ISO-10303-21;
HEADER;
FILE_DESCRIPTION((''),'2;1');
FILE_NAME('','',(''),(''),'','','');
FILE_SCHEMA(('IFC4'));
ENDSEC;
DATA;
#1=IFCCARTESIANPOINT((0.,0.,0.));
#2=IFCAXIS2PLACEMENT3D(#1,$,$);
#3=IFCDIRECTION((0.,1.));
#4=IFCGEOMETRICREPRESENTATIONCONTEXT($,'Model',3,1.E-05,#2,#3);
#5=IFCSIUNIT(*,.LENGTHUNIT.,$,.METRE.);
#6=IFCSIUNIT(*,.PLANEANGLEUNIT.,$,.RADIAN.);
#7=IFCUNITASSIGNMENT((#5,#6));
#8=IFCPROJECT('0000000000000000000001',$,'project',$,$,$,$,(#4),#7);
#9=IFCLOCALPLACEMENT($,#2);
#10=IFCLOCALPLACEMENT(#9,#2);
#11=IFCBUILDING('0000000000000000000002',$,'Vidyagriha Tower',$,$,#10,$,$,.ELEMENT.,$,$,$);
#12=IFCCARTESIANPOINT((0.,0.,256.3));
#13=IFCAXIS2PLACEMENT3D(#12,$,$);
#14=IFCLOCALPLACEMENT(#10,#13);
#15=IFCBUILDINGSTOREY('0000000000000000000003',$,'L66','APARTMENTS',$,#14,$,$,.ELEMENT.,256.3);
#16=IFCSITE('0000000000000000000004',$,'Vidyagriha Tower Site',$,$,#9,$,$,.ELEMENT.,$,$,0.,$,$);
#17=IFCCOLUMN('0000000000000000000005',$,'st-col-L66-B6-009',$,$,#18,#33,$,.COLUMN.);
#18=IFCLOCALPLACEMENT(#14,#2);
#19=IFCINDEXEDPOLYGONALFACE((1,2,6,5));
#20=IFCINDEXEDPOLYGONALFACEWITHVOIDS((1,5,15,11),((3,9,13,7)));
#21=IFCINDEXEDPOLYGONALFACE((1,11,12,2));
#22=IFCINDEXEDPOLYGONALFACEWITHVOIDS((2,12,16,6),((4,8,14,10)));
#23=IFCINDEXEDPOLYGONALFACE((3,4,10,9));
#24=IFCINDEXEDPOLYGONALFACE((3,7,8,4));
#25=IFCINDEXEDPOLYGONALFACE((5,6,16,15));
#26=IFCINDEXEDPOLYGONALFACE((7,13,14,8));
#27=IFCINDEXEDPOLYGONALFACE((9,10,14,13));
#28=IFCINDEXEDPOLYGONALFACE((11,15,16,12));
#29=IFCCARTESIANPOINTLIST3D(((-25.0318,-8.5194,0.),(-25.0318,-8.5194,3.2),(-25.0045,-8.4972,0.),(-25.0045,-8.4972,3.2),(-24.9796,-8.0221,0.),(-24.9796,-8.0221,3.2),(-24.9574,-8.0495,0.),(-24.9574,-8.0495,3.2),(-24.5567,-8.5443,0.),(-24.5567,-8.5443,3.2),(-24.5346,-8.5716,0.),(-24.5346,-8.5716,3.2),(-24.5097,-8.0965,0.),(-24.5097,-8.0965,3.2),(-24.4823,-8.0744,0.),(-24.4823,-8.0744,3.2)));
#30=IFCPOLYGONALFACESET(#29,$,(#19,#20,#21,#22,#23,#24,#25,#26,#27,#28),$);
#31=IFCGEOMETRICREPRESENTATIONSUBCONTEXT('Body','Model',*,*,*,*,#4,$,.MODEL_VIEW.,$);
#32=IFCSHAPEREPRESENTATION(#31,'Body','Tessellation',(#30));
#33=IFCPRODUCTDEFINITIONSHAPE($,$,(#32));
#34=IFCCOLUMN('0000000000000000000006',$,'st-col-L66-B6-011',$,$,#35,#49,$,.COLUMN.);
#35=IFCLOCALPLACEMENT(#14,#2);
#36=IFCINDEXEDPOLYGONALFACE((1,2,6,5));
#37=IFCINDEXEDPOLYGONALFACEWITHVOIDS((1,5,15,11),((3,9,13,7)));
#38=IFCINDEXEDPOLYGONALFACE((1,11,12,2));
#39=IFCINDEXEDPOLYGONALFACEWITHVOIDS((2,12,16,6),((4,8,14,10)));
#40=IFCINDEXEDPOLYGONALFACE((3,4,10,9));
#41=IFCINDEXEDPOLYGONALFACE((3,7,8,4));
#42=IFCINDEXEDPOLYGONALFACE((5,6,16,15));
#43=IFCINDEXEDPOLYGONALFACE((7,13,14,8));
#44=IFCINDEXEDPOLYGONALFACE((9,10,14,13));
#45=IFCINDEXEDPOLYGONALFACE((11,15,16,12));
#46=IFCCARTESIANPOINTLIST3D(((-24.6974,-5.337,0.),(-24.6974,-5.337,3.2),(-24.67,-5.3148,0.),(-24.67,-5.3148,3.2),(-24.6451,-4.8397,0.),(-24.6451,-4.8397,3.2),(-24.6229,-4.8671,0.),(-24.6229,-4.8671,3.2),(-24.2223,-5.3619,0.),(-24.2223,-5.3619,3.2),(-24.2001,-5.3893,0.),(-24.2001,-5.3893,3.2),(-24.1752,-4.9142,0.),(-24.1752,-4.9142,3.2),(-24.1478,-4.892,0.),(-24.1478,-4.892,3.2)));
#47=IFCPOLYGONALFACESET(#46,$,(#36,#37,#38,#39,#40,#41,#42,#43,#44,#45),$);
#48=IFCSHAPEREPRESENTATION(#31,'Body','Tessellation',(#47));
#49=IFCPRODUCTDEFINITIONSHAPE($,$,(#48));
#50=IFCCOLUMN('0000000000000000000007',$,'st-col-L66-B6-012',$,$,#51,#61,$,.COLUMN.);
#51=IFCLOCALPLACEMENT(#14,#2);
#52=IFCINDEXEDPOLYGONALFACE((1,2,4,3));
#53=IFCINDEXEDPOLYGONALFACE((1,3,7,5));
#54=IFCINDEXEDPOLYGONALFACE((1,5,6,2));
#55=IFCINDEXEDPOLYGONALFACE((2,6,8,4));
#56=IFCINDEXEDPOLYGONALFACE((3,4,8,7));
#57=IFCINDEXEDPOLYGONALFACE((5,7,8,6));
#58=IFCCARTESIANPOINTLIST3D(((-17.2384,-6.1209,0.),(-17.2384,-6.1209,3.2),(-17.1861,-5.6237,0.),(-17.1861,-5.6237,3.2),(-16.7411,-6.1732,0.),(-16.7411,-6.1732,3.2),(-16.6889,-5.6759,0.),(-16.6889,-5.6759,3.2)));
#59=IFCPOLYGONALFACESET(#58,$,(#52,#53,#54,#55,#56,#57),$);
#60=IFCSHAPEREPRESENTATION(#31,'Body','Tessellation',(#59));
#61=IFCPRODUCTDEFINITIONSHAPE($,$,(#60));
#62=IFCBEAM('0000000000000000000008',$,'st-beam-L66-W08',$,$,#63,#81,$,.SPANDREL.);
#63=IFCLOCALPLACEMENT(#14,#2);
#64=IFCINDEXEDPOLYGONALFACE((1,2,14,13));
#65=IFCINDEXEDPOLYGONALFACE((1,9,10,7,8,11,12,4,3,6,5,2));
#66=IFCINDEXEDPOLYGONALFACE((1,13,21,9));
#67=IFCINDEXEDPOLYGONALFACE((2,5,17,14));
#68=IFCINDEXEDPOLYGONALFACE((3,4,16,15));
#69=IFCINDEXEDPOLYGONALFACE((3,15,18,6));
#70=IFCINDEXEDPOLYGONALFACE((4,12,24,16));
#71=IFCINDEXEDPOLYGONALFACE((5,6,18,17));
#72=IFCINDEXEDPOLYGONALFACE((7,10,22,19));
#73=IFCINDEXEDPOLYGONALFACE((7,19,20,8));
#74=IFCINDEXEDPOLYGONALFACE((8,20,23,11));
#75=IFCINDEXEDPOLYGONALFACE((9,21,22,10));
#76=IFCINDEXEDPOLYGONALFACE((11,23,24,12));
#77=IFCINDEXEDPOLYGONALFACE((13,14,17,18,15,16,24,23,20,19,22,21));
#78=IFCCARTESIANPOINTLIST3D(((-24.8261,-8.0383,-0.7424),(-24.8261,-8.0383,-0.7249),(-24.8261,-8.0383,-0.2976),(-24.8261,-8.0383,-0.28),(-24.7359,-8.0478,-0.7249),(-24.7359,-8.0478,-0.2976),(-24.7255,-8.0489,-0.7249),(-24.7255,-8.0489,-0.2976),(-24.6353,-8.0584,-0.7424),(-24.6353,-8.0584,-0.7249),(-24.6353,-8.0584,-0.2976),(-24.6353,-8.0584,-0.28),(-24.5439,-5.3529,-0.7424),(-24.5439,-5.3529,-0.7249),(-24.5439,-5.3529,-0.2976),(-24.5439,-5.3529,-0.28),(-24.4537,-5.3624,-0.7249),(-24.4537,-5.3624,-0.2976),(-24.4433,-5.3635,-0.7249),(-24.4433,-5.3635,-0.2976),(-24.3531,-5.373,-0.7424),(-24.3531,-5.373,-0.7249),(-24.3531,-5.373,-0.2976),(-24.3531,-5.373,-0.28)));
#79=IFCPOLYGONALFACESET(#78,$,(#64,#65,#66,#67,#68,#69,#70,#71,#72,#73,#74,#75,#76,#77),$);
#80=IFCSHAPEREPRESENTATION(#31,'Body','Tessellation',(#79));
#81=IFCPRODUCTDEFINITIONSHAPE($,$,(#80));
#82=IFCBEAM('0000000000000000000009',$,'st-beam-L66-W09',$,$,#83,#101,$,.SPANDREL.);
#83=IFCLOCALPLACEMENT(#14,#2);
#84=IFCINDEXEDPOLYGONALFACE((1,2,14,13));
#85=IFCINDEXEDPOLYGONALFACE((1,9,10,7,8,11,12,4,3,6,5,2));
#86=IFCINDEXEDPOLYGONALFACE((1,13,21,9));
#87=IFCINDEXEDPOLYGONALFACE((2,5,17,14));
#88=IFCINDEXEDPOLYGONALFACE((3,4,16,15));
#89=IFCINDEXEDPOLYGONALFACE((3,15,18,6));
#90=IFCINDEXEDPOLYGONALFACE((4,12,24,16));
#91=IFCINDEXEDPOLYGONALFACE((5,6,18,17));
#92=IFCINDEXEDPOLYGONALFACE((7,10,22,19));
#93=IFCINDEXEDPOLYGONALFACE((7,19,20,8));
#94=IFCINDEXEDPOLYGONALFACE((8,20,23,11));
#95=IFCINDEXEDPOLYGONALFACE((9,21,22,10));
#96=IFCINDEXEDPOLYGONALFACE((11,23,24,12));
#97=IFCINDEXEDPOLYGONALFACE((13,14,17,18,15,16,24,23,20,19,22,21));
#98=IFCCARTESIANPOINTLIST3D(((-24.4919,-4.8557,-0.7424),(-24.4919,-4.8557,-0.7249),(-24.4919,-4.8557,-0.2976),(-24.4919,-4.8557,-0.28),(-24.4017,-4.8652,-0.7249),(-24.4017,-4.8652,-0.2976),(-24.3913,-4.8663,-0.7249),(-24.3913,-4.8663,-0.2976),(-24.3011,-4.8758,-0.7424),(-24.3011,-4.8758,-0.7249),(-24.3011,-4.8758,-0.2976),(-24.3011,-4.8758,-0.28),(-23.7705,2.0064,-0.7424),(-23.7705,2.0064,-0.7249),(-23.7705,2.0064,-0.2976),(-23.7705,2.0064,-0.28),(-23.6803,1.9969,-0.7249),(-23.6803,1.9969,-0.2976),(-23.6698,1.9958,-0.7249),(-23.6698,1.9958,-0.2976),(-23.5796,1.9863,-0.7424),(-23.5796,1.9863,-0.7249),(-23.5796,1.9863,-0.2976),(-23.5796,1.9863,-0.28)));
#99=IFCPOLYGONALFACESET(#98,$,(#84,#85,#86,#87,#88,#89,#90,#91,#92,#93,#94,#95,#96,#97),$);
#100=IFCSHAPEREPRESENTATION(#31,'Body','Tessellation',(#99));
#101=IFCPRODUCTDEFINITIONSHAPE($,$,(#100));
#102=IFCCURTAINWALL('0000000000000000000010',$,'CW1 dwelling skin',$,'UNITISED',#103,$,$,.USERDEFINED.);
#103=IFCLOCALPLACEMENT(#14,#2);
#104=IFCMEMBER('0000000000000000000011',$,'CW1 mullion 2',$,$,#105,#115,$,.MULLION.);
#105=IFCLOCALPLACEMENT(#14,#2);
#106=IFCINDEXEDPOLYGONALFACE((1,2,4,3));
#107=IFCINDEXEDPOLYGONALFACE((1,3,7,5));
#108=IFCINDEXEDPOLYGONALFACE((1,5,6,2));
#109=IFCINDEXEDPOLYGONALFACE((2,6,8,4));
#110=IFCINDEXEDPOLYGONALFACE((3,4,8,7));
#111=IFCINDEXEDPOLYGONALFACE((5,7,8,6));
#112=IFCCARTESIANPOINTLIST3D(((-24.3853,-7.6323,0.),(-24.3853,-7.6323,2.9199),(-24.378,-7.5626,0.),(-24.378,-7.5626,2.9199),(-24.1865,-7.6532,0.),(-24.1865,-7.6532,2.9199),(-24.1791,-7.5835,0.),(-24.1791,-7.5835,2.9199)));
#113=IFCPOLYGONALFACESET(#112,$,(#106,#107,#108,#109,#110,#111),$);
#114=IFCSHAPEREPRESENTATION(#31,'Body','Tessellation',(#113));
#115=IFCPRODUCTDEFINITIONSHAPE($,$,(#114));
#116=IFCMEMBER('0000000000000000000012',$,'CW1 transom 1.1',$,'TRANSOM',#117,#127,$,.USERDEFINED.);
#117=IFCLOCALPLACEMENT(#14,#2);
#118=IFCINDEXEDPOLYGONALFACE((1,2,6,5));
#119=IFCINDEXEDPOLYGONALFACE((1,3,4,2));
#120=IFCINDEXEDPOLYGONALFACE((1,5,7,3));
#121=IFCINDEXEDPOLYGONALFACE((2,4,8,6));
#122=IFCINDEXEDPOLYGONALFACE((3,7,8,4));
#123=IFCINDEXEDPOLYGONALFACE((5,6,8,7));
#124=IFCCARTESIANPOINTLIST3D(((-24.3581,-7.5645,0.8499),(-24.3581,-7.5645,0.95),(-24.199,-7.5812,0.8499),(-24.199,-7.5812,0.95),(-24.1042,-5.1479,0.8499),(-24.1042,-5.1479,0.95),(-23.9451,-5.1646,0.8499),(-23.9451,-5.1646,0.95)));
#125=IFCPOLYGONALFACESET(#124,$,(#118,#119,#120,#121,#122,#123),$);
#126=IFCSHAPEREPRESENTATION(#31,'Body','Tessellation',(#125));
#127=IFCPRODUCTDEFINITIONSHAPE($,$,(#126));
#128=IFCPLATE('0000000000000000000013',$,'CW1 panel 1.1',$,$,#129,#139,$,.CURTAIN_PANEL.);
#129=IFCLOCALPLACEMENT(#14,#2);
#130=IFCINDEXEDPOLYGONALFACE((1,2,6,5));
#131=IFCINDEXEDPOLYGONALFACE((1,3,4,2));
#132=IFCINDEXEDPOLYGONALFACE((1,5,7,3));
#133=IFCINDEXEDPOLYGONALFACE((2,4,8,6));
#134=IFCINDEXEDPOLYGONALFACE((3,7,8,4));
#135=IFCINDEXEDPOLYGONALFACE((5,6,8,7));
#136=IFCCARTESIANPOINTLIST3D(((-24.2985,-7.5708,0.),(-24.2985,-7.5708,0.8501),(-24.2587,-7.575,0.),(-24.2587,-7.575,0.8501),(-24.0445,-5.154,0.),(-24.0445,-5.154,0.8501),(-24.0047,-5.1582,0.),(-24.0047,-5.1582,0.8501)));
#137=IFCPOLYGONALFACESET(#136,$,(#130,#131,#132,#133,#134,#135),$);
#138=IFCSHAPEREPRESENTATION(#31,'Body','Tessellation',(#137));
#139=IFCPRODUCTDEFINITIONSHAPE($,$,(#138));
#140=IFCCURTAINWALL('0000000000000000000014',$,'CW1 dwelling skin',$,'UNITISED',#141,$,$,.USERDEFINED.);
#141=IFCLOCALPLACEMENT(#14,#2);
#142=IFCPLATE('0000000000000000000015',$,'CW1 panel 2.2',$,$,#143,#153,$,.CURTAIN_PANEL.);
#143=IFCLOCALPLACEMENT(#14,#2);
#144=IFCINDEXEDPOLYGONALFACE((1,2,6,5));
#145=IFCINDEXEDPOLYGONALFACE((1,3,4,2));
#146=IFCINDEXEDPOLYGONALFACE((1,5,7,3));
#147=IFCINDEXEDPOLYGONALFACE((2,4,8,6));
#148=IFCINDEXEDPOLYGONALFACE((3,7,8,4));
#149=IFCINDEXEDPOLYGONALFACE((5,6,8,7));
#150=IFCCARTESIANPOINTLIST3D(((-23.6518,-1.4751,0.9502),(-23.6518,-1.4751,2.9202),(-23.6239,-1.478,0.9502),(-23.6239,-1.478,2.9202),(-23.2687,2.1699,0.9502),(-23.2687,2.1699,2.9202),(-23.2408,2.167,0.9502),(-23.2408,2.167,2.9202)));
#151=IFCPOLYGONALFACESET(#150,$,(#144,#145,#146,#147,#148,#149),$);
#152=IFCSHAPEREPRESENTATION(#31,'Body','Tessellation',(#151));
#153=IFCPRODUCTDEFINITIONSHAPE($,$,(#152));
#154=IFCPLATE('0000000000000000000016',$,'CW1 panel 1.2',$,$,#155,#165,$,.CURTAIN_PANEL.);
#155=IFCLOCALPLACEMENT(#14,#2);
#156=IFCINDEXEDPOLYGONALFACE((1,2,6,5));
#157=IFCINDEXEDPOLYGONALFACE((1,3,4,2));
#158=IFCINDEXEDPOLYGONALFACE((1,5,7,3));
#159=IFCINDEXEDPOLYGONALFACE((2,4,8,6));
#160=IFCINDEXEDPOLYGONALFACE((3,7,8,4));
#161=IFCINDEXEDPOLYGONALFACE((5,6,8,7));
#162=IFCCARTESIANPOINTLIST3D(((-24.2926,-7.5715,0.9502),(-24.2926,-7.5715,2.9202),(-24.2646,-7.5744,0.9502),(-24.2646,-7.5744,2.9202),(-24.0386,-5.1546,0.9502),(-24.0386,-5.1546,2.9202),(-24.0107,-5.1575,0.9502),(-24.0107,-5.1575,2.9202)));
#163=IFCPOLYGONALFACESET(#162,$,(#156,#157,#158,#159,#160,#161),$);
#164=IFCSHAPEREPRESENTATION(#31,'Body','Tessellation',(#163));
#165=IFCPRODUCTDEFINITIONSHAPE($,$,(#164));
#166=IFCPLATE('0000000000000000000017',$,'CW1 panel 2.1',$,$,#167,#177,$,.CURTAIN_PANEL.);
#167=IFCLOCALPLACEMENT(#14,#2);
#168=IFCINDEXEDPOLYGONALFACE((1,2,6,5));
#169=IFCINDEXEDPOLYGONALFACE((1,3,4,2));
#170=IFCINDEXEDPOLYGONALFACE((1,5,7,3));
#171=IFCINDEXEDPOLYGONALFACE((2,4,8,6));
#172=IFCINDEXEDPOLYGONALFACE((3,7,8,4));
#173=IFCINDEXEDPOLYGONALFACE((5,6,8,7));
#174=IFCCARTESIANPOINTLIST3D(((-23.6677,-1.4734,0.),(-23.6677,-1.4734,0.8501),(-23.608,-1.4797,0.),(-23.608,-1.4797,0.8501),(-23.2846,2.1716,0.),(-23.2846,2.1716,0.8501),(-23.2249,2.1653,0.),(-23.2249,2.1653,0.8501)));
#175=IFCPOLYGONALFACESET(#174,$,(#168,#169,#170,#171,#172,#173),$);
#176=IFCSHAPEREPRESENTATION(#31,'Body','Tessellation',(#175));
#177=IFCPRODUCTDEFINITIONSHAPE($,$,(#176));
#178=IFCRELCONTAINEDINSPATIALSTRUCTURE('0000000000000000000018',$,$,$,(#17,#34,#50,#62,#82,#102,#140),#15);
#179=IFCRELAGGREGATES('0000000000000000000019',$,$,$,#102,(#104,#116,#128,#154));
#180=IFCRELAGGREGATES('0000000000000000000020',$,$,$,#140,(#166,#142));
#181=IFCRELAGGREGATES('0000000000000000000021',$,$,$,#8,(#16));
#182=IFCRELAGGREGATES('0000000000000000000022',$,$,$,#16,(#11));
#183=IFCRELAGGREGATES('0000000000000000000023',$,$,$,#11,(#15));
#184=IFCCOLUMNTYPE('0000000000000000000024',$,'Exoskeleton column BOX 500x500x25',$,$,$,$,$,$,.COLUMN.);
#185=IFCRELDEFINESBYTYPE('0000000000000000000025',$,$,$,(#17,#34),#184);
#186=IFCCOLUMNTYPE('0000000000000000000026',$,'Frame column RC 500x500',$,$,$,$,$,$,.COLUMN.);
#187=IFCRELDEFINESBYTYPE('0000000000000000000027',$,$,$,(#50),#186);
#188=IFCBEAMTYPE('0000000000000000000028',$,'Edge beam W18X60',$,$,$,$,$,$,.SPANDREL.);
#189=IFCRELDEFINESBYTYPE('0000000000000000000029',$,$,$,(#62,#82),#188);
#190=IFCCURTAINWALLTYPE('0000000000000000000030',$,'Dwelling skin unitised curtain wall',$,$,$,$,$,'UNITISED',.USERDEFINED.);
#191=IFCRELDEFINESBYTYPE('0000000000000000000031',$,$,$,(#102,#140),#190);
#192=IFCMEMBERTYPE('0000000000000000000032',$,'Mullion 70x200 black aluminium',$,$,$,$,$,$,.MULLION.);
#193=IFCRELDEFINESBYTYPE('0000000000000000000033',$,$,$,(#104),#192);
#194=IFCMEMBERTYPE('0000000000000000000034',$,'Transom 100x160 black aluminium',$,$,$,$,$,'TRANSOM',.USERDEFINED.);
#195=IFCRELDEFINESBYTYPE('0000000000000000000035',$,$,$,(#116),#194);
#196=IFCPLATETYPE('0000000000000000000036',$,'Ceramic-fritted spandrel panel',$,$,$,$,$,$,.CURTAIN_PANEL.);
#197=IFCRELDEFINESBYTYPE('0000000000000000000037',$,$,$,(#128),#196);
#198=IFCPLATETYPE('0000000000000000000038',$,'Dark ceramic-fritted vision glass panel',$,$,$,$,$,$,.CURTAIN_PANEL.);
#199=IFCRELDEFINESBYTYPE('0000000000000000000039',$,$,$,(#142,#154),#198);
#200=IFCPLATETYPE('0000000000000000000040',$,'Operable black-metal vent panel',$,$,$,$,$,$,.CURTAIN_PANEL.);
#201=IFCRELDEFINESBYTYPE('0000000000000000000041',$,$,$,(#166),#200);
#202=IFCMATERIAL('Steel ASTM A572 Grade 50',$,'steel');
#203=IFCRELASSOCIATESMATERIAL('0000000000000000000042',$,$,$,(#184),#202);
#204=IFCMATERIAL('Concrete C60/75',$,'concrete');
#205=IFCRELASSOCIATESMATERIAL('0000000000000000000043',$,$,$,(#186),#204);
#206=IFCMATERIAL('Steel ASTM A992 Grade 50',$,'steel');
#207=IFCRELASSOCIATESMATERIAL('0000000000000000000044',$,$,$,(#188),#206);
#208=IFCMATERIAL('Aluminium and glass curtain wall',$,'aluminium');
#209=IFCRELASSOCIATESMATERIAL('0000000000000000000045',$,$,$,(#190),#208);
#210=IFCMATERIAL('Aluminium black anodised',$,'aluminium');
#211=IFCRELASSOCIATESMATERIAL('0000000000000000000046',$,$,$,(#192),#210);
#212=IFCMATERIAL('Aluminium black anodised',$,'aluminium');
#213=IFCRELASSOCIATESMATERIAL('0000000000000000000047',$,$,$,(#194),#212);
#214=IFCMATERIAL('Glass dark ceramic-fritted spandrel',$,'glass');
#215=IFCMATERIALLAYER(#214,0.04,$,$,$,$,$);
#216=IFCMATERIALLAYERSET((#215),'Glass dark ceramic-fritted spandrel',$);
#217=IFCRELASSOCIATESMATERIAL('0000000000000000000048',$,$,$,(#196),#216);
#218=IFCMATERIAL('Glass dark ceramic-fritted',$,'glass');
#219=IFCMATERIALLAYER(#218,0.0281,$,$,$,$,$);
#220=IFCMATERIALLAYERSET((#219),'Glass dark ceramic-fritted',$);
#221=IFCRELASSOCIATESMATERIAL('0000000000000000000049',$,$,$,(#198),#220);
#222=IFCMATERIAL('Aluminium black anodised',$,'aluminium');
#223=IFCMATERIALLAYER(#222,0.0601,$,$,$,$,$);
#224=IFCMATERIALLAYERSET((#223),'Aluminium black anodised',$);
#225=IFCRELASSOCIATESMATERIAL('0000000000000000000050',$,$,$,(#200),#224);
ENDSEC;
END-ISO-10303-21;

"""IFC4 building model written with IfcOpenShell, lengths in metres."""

from ifc_helpers import new_model, si_unit, direction, frame, origin, origin_2d, place, context, subcontext, project, spatial, rectangle, hollow_rectangle, i_section, extrude, material, layer, layer_set, material_profile, profile_set, type_object, element, aggregate, save


model = new_model("IFC4")

# Units and contexts
model_context = context("Model", 3, precision=1e-05, world=origin(), true_north=direction((0.0, 1.0)))
body_context = subcontext(model_context, "Body", "Model", "MODEL_VIEW")
ifc_project = project(units=[si_unit("LENGTHUNIT", "METRE"), si_unit("PLANEANGLEUNIT", "RADIAN")], contexts=[model_context])

# Site, building, storey
site_placement = place(None, origin())
site = spatial("IfcSite", under=ifc_project, at=site_placement, Name="Vidyagriha Tower Site", CompositionType="ELEMENT", RefElevation=0.0)
building_placement = place(site_placement, origin())
building = spatial("IfcBuilding", under=site, at=building_placement, Name="Vidyagriha Tower", CompositionType="ELEMENT")
storey_placement = place(building_placement, frame((0.0, 0.0, 256.3)))
storey = spatial("IfcBuildingStorey", under=building, at=storey_placement, Name="L66", Description="APARTMENTS", CompositionType="ELEMENT", Elevation=256.3)

# Columns
ifc_material_1 = material(Name="Steel ASTM A572 Grade 50", Category="steel")
ifc_material_profile_1 = material_profile(ifc_material_1, hollow_rectangle(XDim=0.5, YDim=0.5, WallThickness=0.0249, at=origin_2d()), Name="BOX 500x500x25")
ifc_profile_set_1 = profile_set([ifc_material_profile_1], Name="Steel ASTM A572 Grade 50")
column_type_1 = type_object("IfcColumnType", Name="Exoskeleton column BOX 500x500x25", PredefinedType="COLUMN", material=ifc_profile_set_1)
for number, where, z_axis, x_axis, name in (
    (1, (-24.7571, -8.2969, 0.0), (0.0, 0.0, 1.0), (0.994522, -0.104528, 0.0), "st-col-L66-B6-009"),
    (2, (-24.4226, -5.1145, 0.0), (0.0, 0.0, 1.0), (0.994522, -0.104528, 0.0), "st-col-L66-B6-011"),
):
    element("IfcColumn", number, at=place(storey_placement, frame(where, z_axis=z_axis, x_axis=x_axis)), inside=storey, type_object=column_type_1, Name=name, PredefinedType="COLUMN", context=body_context, shape_type="SweptSolid", body=[
        extrude(hollow_rectangle(XDim=0.5, YDim=0.5, WallThickness=0.0249, at=origin_2d()), origin(), (0.0, 0.0, 1.0), 3.2),
    ])
ifc_material_2 = material(Name="Concrete C60/75", Category="concrete")
ifc_material_profile_2 = material_profile(ifc_material_2, rectangle(XDim=0.5, YDim=0.5, at=origin_2d()), Name="RC 500x500")
ifc_profile_set_2 = profile_set([ifc_material_profile_2], Name="Concrete C60/75")
column_type_2 = type_object("IfcColumnType", Name="Frame column RC 500x500", PredefinedType="COLUMN", material=ifc_profile_set_2)
column_placement = place(storey_placement, frame((-16.9636, -5.8984, 0.0), z_axis=(0.0, 0.0, 1.0), x_axis=(0.994522, -0.104528, 0.0)))
element("IfcColumn", 3, at=column_placement, inside=storey, type_object=column_type_2, Name="st-col-L66-B6-012", PredefinedType="COLUMN", context=body_context, shape_type="SweptSolid", body=[
    extrude(rectangle(XDim=0.5, YDim=0.5, at=origin_2d()), origin(), (0.0, 0.0, 1.0), 3.2),
])

# Beams
ifc_material_3 = material(Name="Steel ASTM A992 Grade 50", Category="steel")
ifc_material_profile_3 = material_profile(ifc_material_3, i_section(OverallWidth=0.1919, OverallDepth=0.4624, WebThickness=0.0105, FlangeThickness=0.0176, at=origin_2d()), Name="W18X60")
ifc_profile_set_3 = profile_set([ifc_material_profile_3], Name="Steel ASTM A992 Grade 50")
beam_type = type_object("IfcBeamType", Name="Edge beam W18X60", PredefinedType="SPANDREL", material=ifc_profile_set_3)
beam_1_placement = place(storey_placement, frame((-24.7307, -8.0483, -0.5112), z_axis=(0.104525, 0.994522, 0.0), x_axis=(-0.994522, 0.104525, 0.0)))
element("IfcBeam", 4, at=beam_1_placement, inside=storey, type_object=beam_type, Name="st-beam-L66-W08", PredefinedType="SPANDREL", context=body_context, shape_type="SweptSolid", body=[
    extrude(i_section(OverallWidth=0.1919, OverallDepth=0.4624, WebThickness=0.0105, FlangeThickness=0.0176, at=origin_2d()), origin(), (0.0, 0.0, 1.0), 2.7002),
])
beam_2_placement = place(storey_placement, frame((-24.3965, -4.8657, -0.5112), z_axis=(0.104558, 0.994519, 0.0), x_axis=(-0.994519, 0.104558, 0.0)))
element("IfcBeam", 5, at=beam_2_placement, inside=storey, type_object=beam_type, Name="st-beam-L66-W09", PredefinedType="SPANDREL", context=body_context, shape_type="SweptSolid", body=[
    extrude(i_section(OverallWidth=0.1919, OverallDepth=0.4624, WebThickness=0.0105, FlangeThickness=0.0176, at=origin_2d()), origin(), (0.0, 0.0, 1.0), 6.8999),
])

# Curtain wall, members, plate
ifc_material_4 = material(Name="Aluminium and glass curtain wall", Category="aluminium")
curtain_wall_type = type_object("IfcCurtainWallType", Name="Dwelling skin unitised curtain wall", ElementType="UNITISED", PredefinedType="USERDEFINED", material=ifc_material_4)
curtain_wall_1_placement = place(storey_placement, origin())
curtain_wall_1 = element("IfcCurtainWall", 6, at=curtain_wall_1_placement, inside=storey, type_object=curtain_wall_type, Name="CW1 dwelling skin", ObjectType="UNITISED", PredefinedType="USERDEFINED")
ifc_material_5 = material(Name="Aluminium black anodised", Category="aluminium")
ifc_material_profile_4 = material_profile(ifc_material_5, rectangle(XDim=0.2, YDim=0.0701, at=origin_2d()), Name="Mullion 70x200 black aluminium")
ifc_profile_set_4 = profile_set([ifc_material_profile_4], Name="Aluminium black anodised")
member_type_1 = type_object("IfcMemberType", Name="Mullion 70x200 black aluminium", PredefinedType="MULLION", material=ifc_profile_set_4)
member_1_placement = place(storey_placement, frame((-24.2822, -7.6079, 0.0), z_axis=(0.0, 0.0, 1.0), x_axis=(0.994523, -0.104516, 0.0)))
member_1 = element("IfcMember", 7, at=member_1_placement, type_object=member_type_1, Name="CW1 mullion 2", PredefinedType="MULLION", context=body_context, shape_type="SweptSolid", body=[
    extrude(rectangle(XDim=0.2, YDim=0.0701, at=origin_2d()), origin(), (0.0, 0.0, 1.0), 2.9199),
])
ifc_material_6 = material(Name="Aluminium black anodised", Category="aluminium")
ifc_material_profile_5 = material_profile(ifc_material_6, rectangle(XDim=0.1599, YDim=0.1001, at=origin_2d()), Name="Transom 100x160 black aluminium")
ifc_profile_set_5 = profile_set([ifc_material_profile_5], Name="Aluminium black anodised")
member_type_2 = type_object("IfcMemberType", Name="Transom 100x160 black aluminium", ElementType="TRANSOM", PredefinedType="USERDEFINED", material=ifc_profile_set_5)
member_2_placement = place(storey_placement, frame((-24.0247, -5.1562, 0.8999), z_axis=(-0.104486, -0.994526, 0.0), x_axis=(0.994526, -0.104486, 0.0)))
member_2 = element("IfcMember", 8, at=member_2_placement, type_object=member_type_2, Name="CW1 transom 1.1", ObjectType="TRANSOM", PredefinedType="USERDEFINED", context=body_context, shape_type="SweptSolid", body=[
    extrude(rectangle(XDim=0.1599, YDim=0.1001, at=origin_2d()), origin(), (0.0, 0.0, 1.0), 2.4299),
])
ifc_material_7 = material(Name="Glass dark ceramic-fritted spandrel", Category="glass")
ifc_layer_1 = layer(ifc_material_7, 0.04)
ifc_layer_set_1 = layer_set([ifc_layer_1], Name="Glass dark ceramic-fritted spandrel")
plate_type_1 = type_object("IfcPlateType", Name="Ceramic-fritted spandrel panel", PredefinedType="CURTAIN_PANEL", material=ifc_layer_set_1)
plate_1_placement = place(storey_placement, frame((-24.1516, -6.3645, 0.0), z_axis=(0.0, 0.0, 1.0), x_axis=(-0.104516, -0.994523, 0.0)))
plate_1 = element("IfcPlate", 9, at=plate_1_placement, type_object=plate_type_1, Name="CW1 panel 1.1", PredefinedType="CURTAIN_PANEL", context=body_context, shape_type="SweptSolid", body=[
    extrude(rectangle(XDim=2.4302, YDim=0.04, at=origin_2d()), origin(), (0.0, 0.0, 1.0), 0.8501),
])

# Curtain wall, plate
curtain_wall_2_placement = place(storey_placement, origin())
curtain_wall_2 = element("IfcCurtainWall", 10, at=curtain_wall_2_placement, inside=storey, type_object=curtain_wall_type, Name="CW1 dwelling skin", ObjectType="UNITISED", PredefinedType="USERDEFINED")
ifc_material_8 = material(Name="Glass dark ceramic-fritted", Category="glass")
ifc_layer_2 = layer(ifc_material_8, 0.0281)
ifc_layer_set_2 = layer_set([ifc_layer_2], Name="Glass dark ceramic-fritted")
plate_type_2 = type_object("IfcPlateType", Name="Dark ceramic-fritted vision glass panel", PredefinedType="CURTAIN_PANEL", material=ifc_layer_set_2)
plate_2_placement = place(storey_placement, frame((-23.4463, 0.3459, 0.9502), z_axis=(0.0, 0.0, 1.0), x_axis=(-0.104533, -0.994521, 0.0)))
plate_2 = element("IfcPlate", 11, at=plate_2_placement, type_object=plate_type_2, Name="CW1 panel 2.2", PredefinedType="CURTAIN_PANEL", context=body_context, shape_type="SweptSolid", body=[
    extrude(rectangle(XDim=3.665, YDim=0.0281, at=origin_2d()), origin(), (0.0, 0.0, 1.0), 1.97),
])

# Plates
plate_3_placement = place(storey_placement, frame((-24.1516, -6.3645, 0.9502), z_axis=(0.0, 0.0, 1.0), x_axis=(-0.104516, -0.994523, 0.0)))
plate_3 = element("IfcPlate", 12, at=plate_3_placement, type_object=plate_type_2, Name="CW1 panel 1.2", PredefinedType="CURTAIN_PANEL", context=body_context, shape_type="SweptSolid", body=[
    extrude(rectangle(XDim=2.4302, YDim=0.0281, at=origin_2d()), origin(), (0.0, 0.0, 1.0), 1.97),
])
aggregate(curtain_wall_1, [member_1, member_2, plate_1, plate_3])
ifc_material_9 = material(Name="Aluminium black anodised", Category="aluminium")
ifc_layer_3 = layer(ifc_material_9, 0.0601)
ifc_layer_set_3 = layer_set([ifc_layer_3], Name="Aluminium black anodised")
plate_type_3 = type_object("IfcPlateType", Name="Operable black-metal vent panel", PredefinedType="CURTAIN_PANEL", material=ifc_layer_set_3)
plate_4_placement = place(storey_placement, frame((-23.4463, 0.3459, 0.0), z_axis=(0.0, 0.0, 1.0), x_axis=(-0.104533, -0.994521, 0.0)))
plate_4 = element("IfcPlate", 13, at=plate_4_placement, type_object=plate_type_3, Name="CW1 panel 2.1", PredefinedType="CURTAIN_PANEL", context=body_context, shape_type="SweptSolid", body=[
    extrude(rectangle(XDim=3.665, YDim=0.0601, at=origin_2d()), origin(), (0.0, 0.0, 1.0), 0.8501),
])
aggregate(curtain_wall_2, [plate_4, plate_2])

save(model, "model.ifc")
